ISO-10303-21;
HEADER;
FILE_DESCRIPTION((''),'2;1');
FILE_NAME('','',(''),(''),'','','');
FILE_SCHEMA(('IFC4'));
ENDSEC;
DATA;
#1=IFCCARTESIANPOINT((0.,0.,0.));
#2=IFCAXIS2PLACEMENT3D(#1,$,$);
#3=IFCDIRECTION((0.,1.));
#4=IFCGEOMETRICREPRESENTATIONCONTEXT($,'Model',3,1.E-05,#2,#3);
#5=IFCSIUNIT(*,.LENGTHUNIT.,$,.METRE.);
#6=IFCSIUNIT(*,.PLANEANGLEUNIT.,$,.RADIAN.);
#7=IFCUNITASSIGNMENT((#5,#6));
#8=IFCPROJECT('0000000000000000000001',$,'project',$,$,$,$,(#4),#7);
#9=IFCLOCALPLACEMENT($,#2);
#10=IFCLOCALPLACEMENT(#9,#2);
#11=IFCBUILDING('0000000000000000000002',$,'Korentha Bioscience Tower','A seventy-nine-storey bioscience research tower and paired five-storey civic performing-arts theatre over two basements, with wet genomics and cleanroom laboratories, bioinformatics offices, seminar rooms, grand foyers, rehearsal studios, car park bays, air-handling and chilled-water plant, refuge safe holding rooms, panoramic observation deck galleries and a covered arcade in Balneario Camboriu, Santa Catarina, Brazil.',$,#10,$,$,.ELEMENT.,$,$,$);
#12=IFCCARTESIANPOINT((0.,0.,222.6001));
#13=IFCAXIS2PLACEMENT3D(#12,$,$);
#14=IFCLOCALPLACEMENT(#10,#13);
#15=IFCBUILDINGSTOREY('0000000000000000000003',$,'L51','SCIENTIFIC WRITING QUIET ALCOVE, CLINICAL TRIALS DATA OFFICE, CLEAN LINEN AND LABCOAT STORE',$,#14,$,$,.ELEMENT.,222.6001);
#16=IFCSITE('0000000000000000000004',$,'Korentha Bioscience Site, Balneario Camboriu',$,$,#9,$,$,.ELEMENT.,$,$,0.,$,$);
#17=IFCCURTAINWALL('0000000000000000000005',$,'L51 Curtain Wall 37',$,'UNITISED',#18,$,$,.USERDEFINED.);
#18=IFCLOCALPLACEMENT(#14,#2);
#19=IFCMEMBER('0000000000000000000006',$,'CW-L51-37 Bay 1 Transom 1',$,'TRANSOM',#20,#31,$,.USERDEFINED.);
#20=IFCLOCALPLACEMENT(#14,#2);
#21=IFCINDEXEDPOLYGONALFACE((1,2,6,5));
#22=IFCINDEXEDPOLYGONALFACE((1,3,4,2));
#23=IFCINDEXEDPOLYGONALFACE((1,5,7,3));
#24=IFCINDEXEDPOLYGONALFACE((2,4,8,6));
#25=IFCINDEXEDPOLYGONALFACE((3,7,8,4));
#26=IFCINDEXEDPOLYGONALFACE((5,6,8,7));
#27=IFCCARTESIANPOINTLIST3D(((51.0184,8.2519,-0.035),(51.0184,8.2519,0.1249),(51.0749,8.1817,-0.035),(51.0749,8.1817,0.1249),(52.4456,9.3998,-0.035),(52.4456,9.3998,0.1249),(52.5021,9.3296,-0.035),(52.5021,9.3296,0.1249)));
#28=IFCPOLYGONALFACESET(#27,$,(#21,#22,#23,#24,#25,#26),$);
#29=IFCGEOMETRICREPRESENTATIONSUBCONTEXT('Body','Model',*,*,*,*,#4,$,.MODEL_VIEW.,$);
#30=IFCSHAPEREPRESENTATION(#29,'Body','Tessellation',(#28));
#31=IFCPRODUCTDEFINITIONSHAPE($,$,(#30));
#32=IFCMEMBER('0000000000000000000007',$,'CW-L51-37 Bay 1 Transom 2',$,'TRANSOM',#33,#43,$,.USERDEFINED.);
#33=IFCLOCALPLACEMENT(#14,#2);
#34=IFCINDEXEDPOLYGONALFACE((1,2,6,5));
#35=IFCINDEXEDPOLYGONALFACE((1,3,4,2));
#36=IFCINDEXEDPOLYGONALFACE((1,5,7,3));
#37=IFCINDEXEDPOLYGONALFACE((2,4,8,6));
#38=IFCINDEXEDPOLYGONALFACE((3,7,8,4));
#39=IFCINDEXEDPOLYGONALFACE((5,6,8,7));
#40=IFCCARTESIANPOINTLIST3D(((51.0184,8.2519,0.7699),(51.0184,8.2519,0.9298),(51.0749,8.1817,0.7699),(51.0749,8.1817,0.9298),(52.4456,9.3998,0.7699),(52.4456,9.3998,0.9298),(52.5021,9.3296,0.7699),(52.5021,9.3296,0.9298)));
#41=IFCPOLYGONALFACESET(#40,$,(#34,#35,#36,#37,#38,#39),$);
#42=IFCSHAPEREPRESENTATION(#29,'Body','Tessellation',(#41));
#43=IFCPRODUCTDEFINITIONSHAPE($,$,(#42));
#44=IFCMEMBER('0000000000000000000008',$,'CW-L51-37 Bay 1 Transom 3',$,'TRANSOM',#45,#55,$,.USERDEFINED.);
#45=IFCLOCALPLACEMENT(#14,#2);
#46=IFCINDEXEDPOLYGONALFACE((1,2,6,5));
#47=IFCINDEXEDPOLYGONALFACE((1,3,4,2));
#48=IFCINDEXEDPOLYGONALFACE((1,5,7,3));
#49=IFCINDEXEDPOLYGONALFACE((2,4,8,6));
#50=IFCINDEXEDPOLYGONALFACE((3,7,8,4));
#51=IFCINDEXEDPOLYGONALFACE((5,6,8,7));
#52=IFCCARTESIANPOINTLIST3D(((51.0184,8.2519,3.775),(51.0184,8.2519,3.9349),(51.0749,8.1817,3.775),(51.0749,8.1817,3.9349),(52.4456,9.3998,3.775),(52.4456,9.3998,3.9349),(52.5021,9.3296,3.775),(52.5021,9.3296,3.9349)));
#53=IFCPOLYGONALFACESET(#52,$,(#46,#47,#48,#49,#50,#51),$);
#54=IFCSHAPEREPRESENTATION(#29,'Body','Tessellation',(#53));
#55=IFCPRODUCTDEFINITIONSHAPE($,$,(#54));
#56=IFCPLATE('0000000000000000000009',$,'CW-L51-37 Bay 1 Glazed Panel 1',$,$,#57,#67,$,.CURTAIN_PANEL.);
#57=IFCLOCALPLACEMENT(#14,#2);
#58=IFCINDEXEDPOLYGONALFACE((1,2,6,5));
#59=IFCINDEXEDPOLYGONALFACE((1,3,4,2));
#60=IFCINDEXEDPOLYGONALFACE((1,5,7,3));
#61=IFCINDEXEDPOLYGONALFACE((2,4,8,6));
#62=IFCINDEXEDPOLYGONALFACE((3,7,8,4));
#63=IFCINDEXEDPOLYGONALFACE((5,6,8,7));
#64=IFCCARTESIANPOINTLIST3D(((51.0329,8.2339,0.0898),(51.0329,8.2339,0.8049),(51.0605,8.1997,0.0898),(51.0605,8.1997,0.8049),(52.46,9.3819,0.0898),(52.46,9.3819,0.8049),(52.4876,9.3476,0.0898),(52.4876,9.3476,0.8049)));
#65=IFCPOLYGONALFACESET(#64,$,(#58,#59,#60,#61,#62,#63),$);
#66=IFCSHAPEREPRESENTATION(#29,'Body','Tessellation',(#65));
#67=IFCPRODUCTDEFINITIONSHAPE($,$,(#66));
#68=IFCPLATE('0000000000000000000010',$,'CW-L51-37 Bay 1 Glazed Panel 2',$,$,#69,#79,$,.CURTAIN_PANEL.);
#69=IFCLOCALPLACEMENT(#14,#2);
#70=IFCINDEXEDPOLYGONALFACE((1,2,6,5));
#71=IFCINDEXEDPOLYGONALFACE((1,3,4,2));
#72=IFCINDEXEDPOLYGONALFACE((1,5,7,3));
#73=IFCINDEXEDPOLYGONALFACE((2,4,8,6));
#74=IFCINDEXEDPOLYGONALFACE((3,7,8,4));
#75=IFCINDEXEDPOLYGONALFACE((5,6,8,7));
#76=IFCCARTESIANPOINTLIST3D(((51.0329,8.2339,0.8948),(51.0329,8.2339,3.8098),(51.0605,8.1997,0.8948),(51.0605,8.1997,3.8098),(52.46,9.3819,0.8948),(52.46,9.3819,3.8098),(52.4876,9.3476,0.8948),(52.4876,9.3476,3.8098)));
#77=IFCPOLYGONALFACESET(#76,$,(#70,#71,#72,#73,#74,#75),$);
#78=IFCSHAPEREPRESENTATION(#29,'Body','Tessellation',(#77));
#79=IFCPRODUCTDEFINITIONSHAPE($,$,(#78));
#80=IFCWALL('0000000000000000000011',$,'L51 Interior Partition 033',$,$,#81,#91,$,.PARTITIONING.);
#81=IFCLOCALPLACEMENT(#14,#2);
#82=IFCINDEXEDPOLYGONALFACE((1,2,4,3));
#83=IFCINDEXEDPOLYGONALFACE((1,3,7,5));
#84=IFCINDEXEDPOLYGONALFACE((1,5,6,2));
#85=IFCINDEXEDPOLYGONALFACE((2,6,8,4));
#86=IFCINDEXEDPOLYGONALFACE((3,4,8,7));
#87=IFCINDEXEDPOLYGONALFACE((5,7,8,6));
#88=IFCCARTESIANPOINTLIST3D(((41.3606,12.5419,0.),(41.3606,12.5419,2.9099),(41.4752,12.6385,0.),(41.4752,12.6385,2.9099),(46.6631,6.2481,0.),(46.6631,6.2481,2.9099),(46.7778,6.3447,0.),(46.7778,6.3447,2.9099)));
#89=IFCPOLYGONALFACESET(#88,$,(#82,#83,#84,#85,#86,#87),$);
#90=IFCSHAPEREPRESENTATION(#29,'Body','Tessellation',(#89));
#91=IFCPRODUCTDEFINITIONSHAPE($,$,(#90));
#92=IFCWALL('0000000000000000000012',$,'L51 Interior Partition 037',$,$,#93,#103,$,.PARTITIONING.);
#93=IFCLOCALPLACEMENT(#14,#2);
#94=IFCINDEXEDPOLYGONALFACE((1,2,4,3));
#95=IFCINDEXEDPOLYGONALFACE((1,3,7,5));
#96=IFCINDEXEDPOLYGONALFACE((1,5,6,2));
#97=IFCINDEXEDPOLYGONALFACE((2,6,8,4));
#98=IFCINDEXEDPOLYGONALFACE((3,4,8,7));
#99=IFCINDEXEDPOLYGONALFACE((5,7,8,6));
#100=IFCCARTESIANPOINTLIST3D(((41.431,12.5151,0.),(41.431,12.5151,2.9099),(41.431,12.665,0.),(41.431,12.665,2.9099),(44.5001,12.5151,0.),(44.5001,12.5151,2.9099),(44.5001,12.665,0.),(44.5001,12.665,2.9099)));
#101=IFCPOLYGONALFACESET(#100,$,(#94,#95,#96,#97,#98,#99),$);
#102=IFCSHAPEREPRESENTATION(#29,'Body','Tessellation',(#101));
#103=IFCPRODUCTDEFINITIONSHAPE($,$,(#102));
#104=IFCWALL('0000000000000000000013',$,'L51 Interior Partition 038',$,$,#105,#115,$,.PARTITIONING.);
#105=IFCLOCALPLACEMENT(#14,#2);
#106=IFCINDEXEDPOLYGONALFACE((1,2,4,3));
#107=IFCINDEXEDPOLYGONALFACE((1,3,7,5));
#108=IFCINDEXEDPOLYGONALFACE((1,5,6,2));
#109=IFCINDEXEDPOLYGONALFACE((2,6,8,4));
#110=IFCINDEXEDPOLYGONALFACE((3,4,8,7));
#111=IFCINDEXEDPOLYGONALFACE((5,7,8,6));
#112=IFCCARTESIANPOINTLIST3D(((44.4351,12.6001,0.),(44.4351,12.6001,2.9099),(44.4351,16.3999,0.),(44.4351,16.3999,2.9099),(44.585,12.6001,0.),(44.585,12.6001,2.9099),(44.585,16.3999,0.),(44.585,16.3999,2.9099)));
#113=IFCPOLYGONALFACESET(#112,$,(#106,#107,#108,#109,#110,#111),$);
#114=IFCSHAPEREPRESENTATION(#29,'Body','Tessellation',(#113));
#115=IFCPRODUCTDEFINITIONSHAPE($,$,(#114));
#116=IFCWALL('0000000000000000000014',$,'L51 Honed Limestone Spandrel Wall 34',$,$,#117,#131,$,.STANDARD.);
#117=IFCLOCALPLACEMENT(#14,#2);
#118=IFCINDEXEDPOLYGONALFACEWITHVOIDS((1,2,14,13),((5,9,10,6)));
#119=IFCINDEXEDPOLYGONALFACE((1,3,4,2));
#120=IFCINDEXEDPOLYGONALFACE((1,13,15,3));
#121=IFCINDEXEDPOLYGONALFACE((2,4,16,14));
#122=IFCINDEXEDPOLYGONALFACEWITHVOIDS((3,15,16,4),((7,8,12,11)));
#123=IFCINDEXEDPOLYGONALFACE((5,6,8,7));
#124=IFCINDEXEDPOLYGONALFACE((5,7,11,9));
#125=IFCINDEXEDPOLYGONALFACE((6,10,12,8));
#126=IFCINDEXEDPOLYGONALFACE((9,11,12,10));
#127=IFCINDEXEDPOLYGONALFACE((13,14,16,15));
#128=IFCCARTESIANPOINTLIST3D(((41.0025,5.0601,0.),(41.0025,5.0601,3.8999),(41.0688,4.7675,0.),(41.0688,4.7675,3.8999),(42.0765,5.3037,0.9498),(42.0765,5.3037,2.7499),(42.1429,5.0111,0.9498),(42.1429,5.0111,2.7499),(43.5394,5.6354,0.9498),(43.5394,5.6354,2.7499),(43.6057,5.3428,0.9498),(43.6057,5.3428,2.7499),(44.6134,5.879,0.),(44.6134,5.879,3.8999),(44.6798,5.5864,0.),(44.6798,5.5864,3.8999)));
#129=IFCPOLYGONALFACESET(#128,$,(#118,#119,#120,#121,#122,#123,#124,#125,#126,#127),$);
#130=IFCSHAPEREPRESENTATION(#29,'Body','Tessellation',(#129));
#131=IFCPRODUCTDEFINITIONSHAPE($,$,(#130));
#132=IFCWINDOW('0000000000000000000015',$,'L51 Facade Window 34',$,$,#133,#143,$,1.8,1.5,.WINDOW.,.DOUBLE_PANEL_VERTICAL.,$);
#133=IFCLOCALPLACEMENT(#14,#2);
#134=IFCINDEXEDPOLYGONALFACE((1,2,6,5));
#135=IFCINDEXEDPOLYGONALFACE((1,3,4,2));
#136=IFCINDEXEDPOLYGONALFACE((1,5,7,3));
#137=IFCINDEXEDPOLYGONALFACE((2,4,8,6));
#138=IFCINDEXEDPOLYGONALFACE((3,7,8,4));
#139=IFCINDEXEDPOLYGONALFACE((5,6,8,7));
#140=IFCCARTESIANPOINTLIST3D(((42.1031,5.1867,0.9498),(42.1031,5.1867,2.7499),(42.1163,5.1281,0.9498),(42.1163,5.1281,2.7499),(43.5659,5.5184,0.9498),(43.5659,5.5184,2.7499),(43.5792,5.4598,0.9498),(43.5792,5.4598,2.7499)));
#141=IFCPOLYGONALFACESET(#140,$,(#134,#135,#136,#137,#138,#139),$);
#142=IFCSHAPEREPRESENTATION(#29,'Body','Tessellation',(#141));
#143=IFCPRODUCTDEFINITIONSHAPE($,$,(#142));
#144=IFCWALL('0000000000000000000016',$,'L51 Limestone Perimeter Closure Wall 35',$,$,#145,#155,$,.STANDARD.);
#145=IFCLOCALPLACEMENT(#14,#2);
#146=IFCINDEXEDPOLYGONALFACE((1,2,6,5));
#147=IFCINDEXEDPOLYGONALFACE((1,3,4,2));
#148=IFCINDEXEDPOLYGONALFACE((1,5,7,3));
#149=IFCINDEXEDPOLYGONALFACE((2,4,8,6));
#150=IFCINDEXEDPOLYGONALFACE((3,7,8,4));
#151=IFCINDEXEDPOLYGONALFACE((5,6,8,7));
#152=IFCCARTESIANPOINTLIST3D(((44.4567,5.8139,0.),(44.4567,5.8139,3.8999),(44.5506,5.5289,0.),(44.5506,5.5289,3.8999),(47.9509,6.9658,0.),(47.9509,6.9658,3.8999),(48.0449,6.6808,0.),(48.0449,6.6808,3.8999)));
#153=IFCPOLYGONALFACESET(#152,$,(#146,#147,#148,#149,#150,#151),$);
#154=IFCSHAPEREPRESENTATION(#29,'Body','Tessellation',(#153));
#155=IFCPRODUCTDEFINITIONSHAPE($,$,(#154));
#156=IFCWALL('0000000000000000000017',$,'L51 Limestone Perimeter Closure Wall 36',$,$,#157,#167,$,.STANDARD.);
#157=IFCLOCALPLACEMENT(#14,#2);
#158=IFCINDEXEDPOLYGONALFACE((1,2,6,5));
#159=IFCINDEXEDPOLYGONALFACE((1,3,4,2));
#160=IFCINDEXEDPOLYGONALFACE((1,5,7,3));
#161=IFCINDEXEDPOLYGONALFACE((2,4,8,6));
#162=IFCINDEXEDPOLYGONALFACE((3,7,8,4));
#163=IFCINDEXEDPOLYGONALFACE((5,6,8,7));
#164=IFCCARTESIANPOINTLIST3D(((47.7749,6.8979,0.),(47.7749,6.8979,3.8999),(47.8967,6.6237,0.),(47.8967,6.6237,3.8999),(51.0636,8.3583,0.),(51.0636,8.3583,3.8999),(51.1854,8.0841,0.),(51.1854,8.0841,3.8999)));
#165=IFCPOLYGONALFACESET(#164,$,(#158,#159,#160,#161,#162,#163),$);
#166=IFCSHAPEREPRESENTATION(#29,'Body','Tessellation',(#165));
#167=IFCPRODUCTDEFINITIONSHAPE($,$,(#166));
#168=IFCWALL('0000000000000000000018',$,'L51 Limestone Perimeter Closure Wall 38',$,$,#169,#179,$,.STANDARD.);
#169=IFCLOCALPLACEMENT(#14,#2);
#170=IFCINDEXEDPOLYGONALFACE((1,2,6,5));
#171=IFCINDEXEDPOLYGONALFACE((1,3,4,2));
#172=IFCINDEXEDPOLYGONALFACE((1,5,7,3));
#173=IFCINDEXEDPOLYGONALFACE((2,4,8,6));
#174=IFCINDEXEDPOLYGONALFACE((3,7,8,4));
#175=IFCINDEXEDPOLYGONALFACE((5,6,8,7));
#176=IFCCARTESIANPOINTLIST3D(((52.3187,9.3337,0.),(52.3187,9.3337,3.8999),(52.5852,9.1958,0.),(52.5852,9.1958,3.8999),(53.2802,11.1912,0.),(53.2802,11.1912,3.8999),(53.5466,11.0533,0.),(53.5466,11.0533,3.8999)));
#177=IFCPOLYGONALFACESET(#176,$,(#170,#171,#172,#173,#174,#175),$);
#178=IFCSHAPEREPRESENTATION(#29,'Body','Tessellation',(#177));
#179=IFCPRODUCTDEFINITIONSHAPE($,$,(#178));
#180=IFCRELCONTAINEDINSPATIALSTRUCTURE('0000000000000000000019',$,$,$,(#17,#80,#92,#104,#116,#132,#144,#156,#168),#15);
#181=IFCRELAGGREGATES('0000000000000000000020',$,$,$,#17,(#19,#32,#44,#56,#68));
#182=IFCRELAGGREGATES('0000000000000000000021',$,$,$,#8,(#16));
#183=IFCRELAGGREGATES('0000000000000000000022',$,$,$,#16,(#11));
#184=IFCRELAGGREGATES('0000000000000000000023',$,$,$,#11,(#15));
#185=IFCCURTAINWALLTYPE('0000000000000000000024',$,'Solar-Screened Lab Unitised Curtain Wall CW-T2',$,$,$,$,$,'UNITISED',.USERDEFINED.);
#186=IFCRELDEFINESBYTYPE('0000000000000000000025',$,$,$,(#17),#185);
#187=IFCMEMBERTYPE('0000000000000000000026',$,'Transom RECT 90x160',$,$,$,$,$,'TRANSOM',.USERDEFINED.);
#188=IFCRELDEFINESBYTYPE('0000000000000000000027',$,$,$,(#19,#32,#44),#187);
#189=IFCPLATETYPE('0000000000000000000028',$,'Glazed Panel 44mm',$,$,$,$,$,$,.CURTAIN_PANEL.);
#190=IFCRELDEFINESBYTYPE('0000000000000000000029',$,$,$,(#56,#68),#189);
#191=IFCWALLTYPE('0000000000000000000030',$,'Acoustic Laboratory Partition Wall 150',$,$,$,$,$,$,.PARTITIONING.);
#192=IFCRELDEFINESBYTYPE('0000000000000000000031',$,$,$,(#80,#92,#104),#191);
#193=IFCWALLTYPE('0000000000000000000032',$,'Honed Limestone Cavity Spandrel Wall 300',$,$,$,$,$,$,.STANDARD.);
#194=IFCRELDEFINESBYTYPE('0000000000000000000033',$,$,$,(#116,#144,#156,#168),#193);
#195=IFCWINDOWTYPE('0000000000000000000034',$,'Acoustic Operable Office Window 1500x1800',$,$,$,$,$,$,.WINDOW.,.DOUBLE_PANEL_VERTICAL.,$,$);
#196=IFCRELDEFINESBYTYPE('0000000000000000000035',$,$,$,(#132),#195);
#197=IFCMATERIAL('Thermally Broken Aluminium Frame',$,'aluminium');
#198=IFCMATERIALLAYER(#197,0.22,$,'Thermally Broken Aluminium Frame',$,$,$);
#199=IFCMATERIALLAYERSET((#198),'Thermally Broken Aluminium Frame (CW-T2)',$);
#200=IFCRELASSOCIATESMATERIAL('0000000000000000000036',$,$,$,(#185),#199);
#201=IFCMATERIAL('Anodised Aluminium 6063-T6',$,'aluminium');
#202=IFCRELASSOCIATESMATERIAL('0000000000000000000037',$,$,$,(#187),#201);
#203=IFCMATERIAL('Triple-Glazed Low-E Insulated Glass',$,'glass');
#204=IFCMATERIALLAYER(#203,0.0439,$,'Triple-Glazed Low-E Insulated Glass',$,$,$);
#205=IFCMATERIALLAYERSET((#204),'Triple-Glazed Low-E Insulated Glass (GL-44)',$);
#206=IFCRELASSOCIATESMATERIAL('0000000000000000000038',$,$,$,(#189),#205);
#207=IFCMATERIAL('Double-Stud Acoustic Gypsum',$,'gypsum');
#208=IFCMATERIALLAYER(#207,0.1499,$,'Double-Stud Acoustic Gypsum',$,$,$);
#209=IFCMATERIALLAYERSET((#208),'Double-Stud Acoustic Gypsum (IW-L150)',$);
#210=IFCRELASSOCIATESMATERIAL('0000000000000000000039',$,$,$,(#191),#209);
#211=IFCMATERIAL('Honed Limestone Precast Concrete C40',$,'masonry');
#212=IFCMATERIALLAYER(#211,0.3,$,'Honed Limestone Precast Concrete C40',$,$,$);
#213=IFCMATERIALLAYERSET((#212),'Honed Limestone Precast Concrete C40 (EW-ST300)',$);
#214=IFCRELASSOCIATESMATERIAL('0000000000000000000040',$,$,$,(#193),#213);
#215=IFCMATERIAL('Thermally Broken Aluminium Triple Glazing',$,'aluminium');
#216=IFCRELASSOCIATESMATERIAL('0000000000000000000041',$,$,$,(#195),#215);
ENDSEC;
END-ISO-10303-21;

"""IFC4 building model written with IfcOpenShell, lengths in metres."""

from ifc_helpers import new_model, si_unit, direction, frame, frame_2d, origin, origin_2d, place, context, subcontext, project, spatial, rectangle, extrude, material, layer, layer_set, material_profile, profile_set, type_object, element, fill, aggregate, save


model = new_model("IFC4")

# Units and contexts
model_context = context("Model", 3, precision=1e-05, world=origin(), true_north=direction((0.0, 1.0)))
body_context = subcontext(model_context, "Body", "Model", "MODEL_VIEW")
ifc_project = project(units=[si_unit("LENGTHUNIT", "METRE"), si_unit("PLANEANGLEUNIT", "RADIAN")], contexts=[model_context])

# Site, building, storey
site_placement = place(None, origin())
site = spatial("IfcSite", under=ifc_project, at=site_placement, Name="Korentha Bioscience Site, Balneario Camboriu", CompositionType="ELEMENT", RefElevation=0.0)
building_placement = place(site_placement, origin())
building = spatial("IfcBuilding", under=site, at=building_placement, Name="Korentha Bioscience Tower", Description="A seventy-nine-storey bioscience research tower and paired five-storey civic performing-arts theatre over two basements, with wet genomics and cleanroom laboratories, bioinformatics offices, seminar rooms, grand foyers, rehearsal studios, car park bays, air-handling and chilled-water plant, refuge safe holding rooms, panoramic observation deck galleries and a covered arcade in Balneario Camboriu, Santa Catarina, Brazil.", CompositionType="ELEMENT")
storey_placement = place(building_placement, frame((0.0, 0.0, 222.6001)))
storey = spatial("IfcBuildingStorey", under=building, at=storey_placement, Name="L51", Description="SCIENTIFIC WRITING QUIET ALCOVE, CLINICAL TRIALS DATA OFFICE, CLEAN LINEN AND LABCOAT STORE", CompositionType="ELEMENT", Elevation=222.6001)

# Curtain wall
ifc_material_1 = material(Name="Thermally Broken Aluminium Frame", Category="aluminium")
ifc_layer_1 = layer(ifc_material_1, 0.22, Name="Thermally Broken Aluminium Frame")
ifc_layer_set_1 = layer_set([ifc_layer_1], Name="Thermally Broken Aluminium Frame (CW-T2)")
curtain_wall_type = type_object("IfcCurtainWallType", Name="Solar-Screened Lab Unitised Curtain Wall CW-T2", ElementType="UNITISED", PredefinedType="USERDEFINED", material=ifc_layer_set_1)
curtain_wall_placement = place(storey_placement, origin())
curtain_wall = element("IfcCurtainWall", 1, at=curtain_wall_placement, inside=storey, type_object=curtain_wall_type, Name="L51 Curtain Wall 37", ObjectType="UNITISED", PredefinedType="USERDEFINED")
ifc_material_2 = material(Name="Anodised Aluminium 6063-T6", Category="aluminium")

# Members
ifc_material_profile_1 = material_profile(ifc_material_2, rectangle(XDim=0.0901, YDim=0.1599, at=origin_2d()), Name="Anodised Aluminium 6063-T6")
ifc_profile_set_1 = profile_set([ifc_material_profile_1], Name="Anodised Aluminium 6063-T6 (CW-TRN)")
member_type_1 = type_object("IfcMemberType", Name="Transom RECT 90x160", ElementType="TRANSOM", PredefinedType="USERDEFINED", material=ifc_profile_set_1)
member_1_placement = place(storey_placement, frame((51.0466, 8.2168, 0.0449), z_axis=(0.779228, 0.626741, 0.0), x_axis=(-0.626741, 0.779228, 0.0)))
member_1 = element("IfcMember", 2, at=member_1_placement, type_object=member_type_1, Name="CW-L51-37 Bay 1 Transom 1", ObjectType="TRANSOM", PredefinedType="USERDEFINED", context=body_context, shape_type="SweptSolid", body=[
    extrude(rectangle(XDim=0.0901, YDim=0.1599, at=origin_2d()), origin(), (0.0, 0.0, 1.0), 1.8315),
])
member_2_placement = place(storey_placement, frame((51.0466, 8.2168, 0.8499), z_axis=(0.779228, 0.626741, 0.0), x_axis=(-0.626741, 0.779228, 0.0)))
member_2 = element("IfcMember", 3, at=member_2_placement, type_object=member_type_1, Name="CW-L51-37 Bay 1 Transom 2", ObjectType="TRANSOM", PredefinedType="USERDEFINED", context=body_context, shape_type="SweptSolid", body=[
    extrude(rectangle(XDim=0.0901, YDim=0.1599, at=origin_2d()), origin(), (0.0, 0.0, 1.0), 1.8315),
])
member_3_placement = place(storey_placement, frame((51.0466, 8.2168, 3.855), z_axis=(0.779228, 0.626741, 0.0), x_axis=(-0.626741, 0.779228, 0.0)))
member_3 = element("IfcMember", 4, at=member_3_placement, type_object=member_type_1, Name="CW-L51-37 Bay 1 Transom 3", ObjectType="TRANSOM", PredefinedType="USERDEFINED", context=body_context, shape_type="SweptSolid", body=[
    extrude(rectangle(XDim=0.0901, YDim=0.1599, at=origin_2d()), origin(), (0.0, 0.0, 1.0), 1.8315),
])

# Plates
ifc_material_3 = material(Name="Triple-Glazed Low-E Insulated Glass", Category="glass")
ifc_layer_2 = layer(ifc_material_3, 0.0439, Name="Triple-Glazed Low-E Insulated Glass")
ifc_layer_set_2 = layer_set([ifc_layer_2], Name="Triple-Glazed Low-E Insulated Glass (GL-44)")
plate_type = type_object("IfcPlateType", Name="Glazed Panel 44mm", PredefinedType="CURTAIN_PANEL", material=ifc_layer_set_2)
plate_1_placement = place(storey_placement, frame((51.7603, 8.7908, 0.0898), z_axis=(0.0, 0.0, 1.0), x_axis=(0.779198, 0.626778, 0.0)))
plate_1 = element("IfcPlate", 5, at=plate_1_placement, type_object=plate_type, Name="CW-L51-37 Bay 1 Glazed Panel 1", PredefinedType="CURTAIN_PANEL", context=body_context, shape_type="SweptSolid", body=[
    extrude(rectangle(XDim=1.8315, YDim=0.0439, at=origin_2d()), origin(), (0.0, 0.0, 1.0), 0.7151),
])
plate_2_placement = place(storey_placement, frame((51.7603, 8.7908, 0.8948), z_axis=(0.0, 0.0, 1.0), x_axis=(0.779198, 0.626778, 0.0)))
plate_2 = element("IfcPlate", 6, at=plate_2_placement, type_object=plate_type, Name="CW-L51-37 Bay 1 Glazed Panel 2", PredefinedType="CURTAIN_PANEL", context=body_context, shape_type="SweptSolid", body=[
    extrude(rectangle(XDim=1.8315, YDim=0.0439, at=origin_2d()), origin(), (0.0, 0.0, 1.0), 2.915),
])
aggregate(curtain_wall, [member_1, member_2, member_3, plate_1, plate_2])

# Walls
ifc_material_4 = material(Name="Double-Stud Acoustic Gypsum", Category="gypsum")
ifc_layer_3 = layer(ifc_material_4, 0.1499, Name="Double-Stud Acoustic Gypsum")
ifc_layer_set_3 = layer_set([ifc_layer_3], Name="Double-Stud Acoustic Gypsum (IW-L150)")
wall_type_1 = type_object("IfcWallType", Name="Acoustic Laboratory Partition Wall 150", PredefinedType="PARTITIONING", material=ifc_layer_set_3)
wall_1_placement = place(storey_placement, frame((41.418, 12.5901, 0.0), z_axis=(0.0, 0.0, 1.0), x_axis=(0.644316, -0.76476, 0.0)))
element("IfcWall", 7, at=wall_1_placement, inside=storey, type_object=wall_type_1, Name="L51 Interior Partition 033", PredefinedType="PARTITIONING", context=body_context, shape_type="SweptSolid", body=[
    extrude(rectangle(XDim=8.2297, YDim=0.1499, at=frame_2d((4.1147, 0.0))), origin(), (0.0, 0.0, 1.0), 2.9099),
])
wall_2_placement = place(storey_placement, frame((41.4309, 12.5901, 0.0), z_axis=(0.0, 0.0, 1.0), x_axis=(1.0, 0.0, 0.0)))
element("IfcWall", 8, at=wall_2_placement, inside=storey, type_object=wall_type_1, Name="L51 Interior Partition 037", PredefinedType="PARTITIONING", context=body_context, shape_type="SweptSolid", body=[
    extrude(rectangle(XDim=3.0691, YDim=0.1499, at=frame_2d((1.5347, 0.0))), origin(), (0.0, 0.0, 1.0), 2.9099),
])
wall_3_placement = place(storey_placement, frame((44.51, 12.6001, 0.0), z_axis=(0.0, 0.0, 1.0), x_axis=(0.0, 1.0, 0.0)))
element("IfcWall", 9, at=wall_3_placement, inside=storey, type_object=wall_type_1, Name="L51 Interior Partition 038", PredefinedType="PARTITIONING", context=body_context, shape_type="SweptSolid", body=[
    extrude(rectangle(XDim=3.7998, YDim=0.1499, at=frame_2d((1.8999, 0.0))), origin(), (0.0, 0.0, 1.0), 2.9099),
])

# Wall, opening, window
ifc_material_5 = material(Name="Honed Limestone Precast Concrete C40", Category="masonry")
ifc_layer_4 = layer(ifc_material_5, 0.3, Name="Honed Limestone Precast Concrete C40")
ifc_layer_set_4 = layer_set([ifc_layer_4], Name="Honed Limestone Precast Concrete C40 (EW-ST300)")
wall_type_2 = type_object("IfcWallType", Name="Honed Limestone Cavity Spandrel Wall 300", PredefinedType="STANDARD", material=ifc_layer_set_4)
wall_4_placement = place(storey_placement, frame((41.0356, 4.9138, 0.0), z_axis=(0.0, 0.0, 1.0), x_axis=(0.975238, 0.221159, 0.0)))
wall_4 = element("IfcWall", 10, at=wall_4_placement, inside=storey, type_object=wall_type_2, Name="L51 Honed Limestone Spandrel Wall 34", PredefinedType="STANDARD", context=body_context, shape_type="SweptSolid", body=[
    extrude(rectangle(XDim=3.7026, YDim=0.3, at=frame_2d((1.8513, 0.0))), origin(), (0.0, 0.0, 1.0), 3.8999),
])
opening_placement = place(wall_4_placement, frame((1.1013, 0.0, 0.95)))
opening = element("IfcOpeningElement", 11, at=opening_placement, cuts=wall_4, PredefinedType="OPENING", context=body_context, shape_type="SweptSolid", body=[
    extrude(rectangle(XDim=1.5, YDim=1.8, at=frame_2d((0.75, 0.8999))), frame((0.0, 0.165, 0.0), z_axis=(0.0, -1.0, 0.0), x_axis=(1.0, 0.0, 0.0)), (0.0, 0.0, 1.0), 0.3298),
])
ifc_material_6 = material(Name="Thermally Broken Aluminium Triple Glazing", Category="aluminium")
window_type = type_object("IfcWindowType", Name="Acoustic Operable Office Window 1500x1800", PartitioningType="DOUBLE_PANEL_VERTICAL", PredefinedType="WINDOW", material=ifc_material_6)
window_placement = place(opening_placement, origin())
window = element("IfcWindow", 12, at=window_placement, inside=storey, type_object=window_type, Name="L51 Facade Window 34", OverallHeight=1.8, OverallWidth=1.5, PartitioningType="DOUBLE_PANEL_VERTICAL", PredefinedType="WINDOW", context=body_context, shape_type="SweptSolid", body=[
    extrude(rectangle(XDim=1.5, YDim=1.8, at=frame_2d((0.75, 0.8999))), frame((0.0, 0.03, 0.0), z_axis=(0.0, -1.0, 0.0), x_axis=(1.0, 0.0, 0.0)), (0.0, 0.0, 1.0), 0.0601),
])
fill(opening, window)

# Walls
wall_5_placement = place(storey_placement, frame((44.5037, 5.6714, 0.0), z_axis=(0.0, 0.0, 1.0), x_axis=(0.949727, 0.313081, 0.0)))
element("IfcWall", 13, at=wall_5_placement, inside=storey, type_object=wall_type_2, Name="L51 Limestone Perimeter Closure Wall 35", PredefinedType="STANDARD", context=body_context, shape_type="SweptSolid", body=[
    extrude(rectangle(XDim=3.6792, YDim=0.3, at=frame_2d((1.8396, 0.0))), origin(), (0.0, 0.0, 1.0), 3.8999),
])
wall_6_placement = place(storey_placement, frame((47.8357, 6.7607, 0.0), z_axis=(0.0, 0.0, 1.0), x_axis=(0.91394, 0.405849, 0.0)))
element("IfcWall", 14, at=wall_6_placement, inside=storey, type_object=wall_type_2, Name="L51 Limestone Perimeter Closure Wall 36", PredefinedType="STANDARD", context=body_context, shape_type="SweptSolid", body=[
    extrude(rectangle(XDim=3.5984, YDim=0.3, at=frame_2d((1.7993, 0.0))), origin(), (0.0, 0.0, 1.0), 3.8999),
])
wall_7_placement = place(storey_placement, frame((52.4519, 9.2646, 0.0), z_axis=(0.0, 0.0, 1.0), x_axis=(0.459683, 0.888083, 0.0)))
element("IfcWall", 15, at=wall_7_placement, inside=storey, type_object=wall_type_2, Name="L51 Limestone Perimeter Closure Wall 38", PredefinedType="STANDARD", context=body_context, shape_type="SweptSolid", body=[
    extrude(rectangle(XDim=2.0916, YDim=0.3, at=frame_2d((1.0459, 0.0))), origin(), (0.0, 0.0, 1.0), 3.8999),
])

save(model, "model.ifc")
